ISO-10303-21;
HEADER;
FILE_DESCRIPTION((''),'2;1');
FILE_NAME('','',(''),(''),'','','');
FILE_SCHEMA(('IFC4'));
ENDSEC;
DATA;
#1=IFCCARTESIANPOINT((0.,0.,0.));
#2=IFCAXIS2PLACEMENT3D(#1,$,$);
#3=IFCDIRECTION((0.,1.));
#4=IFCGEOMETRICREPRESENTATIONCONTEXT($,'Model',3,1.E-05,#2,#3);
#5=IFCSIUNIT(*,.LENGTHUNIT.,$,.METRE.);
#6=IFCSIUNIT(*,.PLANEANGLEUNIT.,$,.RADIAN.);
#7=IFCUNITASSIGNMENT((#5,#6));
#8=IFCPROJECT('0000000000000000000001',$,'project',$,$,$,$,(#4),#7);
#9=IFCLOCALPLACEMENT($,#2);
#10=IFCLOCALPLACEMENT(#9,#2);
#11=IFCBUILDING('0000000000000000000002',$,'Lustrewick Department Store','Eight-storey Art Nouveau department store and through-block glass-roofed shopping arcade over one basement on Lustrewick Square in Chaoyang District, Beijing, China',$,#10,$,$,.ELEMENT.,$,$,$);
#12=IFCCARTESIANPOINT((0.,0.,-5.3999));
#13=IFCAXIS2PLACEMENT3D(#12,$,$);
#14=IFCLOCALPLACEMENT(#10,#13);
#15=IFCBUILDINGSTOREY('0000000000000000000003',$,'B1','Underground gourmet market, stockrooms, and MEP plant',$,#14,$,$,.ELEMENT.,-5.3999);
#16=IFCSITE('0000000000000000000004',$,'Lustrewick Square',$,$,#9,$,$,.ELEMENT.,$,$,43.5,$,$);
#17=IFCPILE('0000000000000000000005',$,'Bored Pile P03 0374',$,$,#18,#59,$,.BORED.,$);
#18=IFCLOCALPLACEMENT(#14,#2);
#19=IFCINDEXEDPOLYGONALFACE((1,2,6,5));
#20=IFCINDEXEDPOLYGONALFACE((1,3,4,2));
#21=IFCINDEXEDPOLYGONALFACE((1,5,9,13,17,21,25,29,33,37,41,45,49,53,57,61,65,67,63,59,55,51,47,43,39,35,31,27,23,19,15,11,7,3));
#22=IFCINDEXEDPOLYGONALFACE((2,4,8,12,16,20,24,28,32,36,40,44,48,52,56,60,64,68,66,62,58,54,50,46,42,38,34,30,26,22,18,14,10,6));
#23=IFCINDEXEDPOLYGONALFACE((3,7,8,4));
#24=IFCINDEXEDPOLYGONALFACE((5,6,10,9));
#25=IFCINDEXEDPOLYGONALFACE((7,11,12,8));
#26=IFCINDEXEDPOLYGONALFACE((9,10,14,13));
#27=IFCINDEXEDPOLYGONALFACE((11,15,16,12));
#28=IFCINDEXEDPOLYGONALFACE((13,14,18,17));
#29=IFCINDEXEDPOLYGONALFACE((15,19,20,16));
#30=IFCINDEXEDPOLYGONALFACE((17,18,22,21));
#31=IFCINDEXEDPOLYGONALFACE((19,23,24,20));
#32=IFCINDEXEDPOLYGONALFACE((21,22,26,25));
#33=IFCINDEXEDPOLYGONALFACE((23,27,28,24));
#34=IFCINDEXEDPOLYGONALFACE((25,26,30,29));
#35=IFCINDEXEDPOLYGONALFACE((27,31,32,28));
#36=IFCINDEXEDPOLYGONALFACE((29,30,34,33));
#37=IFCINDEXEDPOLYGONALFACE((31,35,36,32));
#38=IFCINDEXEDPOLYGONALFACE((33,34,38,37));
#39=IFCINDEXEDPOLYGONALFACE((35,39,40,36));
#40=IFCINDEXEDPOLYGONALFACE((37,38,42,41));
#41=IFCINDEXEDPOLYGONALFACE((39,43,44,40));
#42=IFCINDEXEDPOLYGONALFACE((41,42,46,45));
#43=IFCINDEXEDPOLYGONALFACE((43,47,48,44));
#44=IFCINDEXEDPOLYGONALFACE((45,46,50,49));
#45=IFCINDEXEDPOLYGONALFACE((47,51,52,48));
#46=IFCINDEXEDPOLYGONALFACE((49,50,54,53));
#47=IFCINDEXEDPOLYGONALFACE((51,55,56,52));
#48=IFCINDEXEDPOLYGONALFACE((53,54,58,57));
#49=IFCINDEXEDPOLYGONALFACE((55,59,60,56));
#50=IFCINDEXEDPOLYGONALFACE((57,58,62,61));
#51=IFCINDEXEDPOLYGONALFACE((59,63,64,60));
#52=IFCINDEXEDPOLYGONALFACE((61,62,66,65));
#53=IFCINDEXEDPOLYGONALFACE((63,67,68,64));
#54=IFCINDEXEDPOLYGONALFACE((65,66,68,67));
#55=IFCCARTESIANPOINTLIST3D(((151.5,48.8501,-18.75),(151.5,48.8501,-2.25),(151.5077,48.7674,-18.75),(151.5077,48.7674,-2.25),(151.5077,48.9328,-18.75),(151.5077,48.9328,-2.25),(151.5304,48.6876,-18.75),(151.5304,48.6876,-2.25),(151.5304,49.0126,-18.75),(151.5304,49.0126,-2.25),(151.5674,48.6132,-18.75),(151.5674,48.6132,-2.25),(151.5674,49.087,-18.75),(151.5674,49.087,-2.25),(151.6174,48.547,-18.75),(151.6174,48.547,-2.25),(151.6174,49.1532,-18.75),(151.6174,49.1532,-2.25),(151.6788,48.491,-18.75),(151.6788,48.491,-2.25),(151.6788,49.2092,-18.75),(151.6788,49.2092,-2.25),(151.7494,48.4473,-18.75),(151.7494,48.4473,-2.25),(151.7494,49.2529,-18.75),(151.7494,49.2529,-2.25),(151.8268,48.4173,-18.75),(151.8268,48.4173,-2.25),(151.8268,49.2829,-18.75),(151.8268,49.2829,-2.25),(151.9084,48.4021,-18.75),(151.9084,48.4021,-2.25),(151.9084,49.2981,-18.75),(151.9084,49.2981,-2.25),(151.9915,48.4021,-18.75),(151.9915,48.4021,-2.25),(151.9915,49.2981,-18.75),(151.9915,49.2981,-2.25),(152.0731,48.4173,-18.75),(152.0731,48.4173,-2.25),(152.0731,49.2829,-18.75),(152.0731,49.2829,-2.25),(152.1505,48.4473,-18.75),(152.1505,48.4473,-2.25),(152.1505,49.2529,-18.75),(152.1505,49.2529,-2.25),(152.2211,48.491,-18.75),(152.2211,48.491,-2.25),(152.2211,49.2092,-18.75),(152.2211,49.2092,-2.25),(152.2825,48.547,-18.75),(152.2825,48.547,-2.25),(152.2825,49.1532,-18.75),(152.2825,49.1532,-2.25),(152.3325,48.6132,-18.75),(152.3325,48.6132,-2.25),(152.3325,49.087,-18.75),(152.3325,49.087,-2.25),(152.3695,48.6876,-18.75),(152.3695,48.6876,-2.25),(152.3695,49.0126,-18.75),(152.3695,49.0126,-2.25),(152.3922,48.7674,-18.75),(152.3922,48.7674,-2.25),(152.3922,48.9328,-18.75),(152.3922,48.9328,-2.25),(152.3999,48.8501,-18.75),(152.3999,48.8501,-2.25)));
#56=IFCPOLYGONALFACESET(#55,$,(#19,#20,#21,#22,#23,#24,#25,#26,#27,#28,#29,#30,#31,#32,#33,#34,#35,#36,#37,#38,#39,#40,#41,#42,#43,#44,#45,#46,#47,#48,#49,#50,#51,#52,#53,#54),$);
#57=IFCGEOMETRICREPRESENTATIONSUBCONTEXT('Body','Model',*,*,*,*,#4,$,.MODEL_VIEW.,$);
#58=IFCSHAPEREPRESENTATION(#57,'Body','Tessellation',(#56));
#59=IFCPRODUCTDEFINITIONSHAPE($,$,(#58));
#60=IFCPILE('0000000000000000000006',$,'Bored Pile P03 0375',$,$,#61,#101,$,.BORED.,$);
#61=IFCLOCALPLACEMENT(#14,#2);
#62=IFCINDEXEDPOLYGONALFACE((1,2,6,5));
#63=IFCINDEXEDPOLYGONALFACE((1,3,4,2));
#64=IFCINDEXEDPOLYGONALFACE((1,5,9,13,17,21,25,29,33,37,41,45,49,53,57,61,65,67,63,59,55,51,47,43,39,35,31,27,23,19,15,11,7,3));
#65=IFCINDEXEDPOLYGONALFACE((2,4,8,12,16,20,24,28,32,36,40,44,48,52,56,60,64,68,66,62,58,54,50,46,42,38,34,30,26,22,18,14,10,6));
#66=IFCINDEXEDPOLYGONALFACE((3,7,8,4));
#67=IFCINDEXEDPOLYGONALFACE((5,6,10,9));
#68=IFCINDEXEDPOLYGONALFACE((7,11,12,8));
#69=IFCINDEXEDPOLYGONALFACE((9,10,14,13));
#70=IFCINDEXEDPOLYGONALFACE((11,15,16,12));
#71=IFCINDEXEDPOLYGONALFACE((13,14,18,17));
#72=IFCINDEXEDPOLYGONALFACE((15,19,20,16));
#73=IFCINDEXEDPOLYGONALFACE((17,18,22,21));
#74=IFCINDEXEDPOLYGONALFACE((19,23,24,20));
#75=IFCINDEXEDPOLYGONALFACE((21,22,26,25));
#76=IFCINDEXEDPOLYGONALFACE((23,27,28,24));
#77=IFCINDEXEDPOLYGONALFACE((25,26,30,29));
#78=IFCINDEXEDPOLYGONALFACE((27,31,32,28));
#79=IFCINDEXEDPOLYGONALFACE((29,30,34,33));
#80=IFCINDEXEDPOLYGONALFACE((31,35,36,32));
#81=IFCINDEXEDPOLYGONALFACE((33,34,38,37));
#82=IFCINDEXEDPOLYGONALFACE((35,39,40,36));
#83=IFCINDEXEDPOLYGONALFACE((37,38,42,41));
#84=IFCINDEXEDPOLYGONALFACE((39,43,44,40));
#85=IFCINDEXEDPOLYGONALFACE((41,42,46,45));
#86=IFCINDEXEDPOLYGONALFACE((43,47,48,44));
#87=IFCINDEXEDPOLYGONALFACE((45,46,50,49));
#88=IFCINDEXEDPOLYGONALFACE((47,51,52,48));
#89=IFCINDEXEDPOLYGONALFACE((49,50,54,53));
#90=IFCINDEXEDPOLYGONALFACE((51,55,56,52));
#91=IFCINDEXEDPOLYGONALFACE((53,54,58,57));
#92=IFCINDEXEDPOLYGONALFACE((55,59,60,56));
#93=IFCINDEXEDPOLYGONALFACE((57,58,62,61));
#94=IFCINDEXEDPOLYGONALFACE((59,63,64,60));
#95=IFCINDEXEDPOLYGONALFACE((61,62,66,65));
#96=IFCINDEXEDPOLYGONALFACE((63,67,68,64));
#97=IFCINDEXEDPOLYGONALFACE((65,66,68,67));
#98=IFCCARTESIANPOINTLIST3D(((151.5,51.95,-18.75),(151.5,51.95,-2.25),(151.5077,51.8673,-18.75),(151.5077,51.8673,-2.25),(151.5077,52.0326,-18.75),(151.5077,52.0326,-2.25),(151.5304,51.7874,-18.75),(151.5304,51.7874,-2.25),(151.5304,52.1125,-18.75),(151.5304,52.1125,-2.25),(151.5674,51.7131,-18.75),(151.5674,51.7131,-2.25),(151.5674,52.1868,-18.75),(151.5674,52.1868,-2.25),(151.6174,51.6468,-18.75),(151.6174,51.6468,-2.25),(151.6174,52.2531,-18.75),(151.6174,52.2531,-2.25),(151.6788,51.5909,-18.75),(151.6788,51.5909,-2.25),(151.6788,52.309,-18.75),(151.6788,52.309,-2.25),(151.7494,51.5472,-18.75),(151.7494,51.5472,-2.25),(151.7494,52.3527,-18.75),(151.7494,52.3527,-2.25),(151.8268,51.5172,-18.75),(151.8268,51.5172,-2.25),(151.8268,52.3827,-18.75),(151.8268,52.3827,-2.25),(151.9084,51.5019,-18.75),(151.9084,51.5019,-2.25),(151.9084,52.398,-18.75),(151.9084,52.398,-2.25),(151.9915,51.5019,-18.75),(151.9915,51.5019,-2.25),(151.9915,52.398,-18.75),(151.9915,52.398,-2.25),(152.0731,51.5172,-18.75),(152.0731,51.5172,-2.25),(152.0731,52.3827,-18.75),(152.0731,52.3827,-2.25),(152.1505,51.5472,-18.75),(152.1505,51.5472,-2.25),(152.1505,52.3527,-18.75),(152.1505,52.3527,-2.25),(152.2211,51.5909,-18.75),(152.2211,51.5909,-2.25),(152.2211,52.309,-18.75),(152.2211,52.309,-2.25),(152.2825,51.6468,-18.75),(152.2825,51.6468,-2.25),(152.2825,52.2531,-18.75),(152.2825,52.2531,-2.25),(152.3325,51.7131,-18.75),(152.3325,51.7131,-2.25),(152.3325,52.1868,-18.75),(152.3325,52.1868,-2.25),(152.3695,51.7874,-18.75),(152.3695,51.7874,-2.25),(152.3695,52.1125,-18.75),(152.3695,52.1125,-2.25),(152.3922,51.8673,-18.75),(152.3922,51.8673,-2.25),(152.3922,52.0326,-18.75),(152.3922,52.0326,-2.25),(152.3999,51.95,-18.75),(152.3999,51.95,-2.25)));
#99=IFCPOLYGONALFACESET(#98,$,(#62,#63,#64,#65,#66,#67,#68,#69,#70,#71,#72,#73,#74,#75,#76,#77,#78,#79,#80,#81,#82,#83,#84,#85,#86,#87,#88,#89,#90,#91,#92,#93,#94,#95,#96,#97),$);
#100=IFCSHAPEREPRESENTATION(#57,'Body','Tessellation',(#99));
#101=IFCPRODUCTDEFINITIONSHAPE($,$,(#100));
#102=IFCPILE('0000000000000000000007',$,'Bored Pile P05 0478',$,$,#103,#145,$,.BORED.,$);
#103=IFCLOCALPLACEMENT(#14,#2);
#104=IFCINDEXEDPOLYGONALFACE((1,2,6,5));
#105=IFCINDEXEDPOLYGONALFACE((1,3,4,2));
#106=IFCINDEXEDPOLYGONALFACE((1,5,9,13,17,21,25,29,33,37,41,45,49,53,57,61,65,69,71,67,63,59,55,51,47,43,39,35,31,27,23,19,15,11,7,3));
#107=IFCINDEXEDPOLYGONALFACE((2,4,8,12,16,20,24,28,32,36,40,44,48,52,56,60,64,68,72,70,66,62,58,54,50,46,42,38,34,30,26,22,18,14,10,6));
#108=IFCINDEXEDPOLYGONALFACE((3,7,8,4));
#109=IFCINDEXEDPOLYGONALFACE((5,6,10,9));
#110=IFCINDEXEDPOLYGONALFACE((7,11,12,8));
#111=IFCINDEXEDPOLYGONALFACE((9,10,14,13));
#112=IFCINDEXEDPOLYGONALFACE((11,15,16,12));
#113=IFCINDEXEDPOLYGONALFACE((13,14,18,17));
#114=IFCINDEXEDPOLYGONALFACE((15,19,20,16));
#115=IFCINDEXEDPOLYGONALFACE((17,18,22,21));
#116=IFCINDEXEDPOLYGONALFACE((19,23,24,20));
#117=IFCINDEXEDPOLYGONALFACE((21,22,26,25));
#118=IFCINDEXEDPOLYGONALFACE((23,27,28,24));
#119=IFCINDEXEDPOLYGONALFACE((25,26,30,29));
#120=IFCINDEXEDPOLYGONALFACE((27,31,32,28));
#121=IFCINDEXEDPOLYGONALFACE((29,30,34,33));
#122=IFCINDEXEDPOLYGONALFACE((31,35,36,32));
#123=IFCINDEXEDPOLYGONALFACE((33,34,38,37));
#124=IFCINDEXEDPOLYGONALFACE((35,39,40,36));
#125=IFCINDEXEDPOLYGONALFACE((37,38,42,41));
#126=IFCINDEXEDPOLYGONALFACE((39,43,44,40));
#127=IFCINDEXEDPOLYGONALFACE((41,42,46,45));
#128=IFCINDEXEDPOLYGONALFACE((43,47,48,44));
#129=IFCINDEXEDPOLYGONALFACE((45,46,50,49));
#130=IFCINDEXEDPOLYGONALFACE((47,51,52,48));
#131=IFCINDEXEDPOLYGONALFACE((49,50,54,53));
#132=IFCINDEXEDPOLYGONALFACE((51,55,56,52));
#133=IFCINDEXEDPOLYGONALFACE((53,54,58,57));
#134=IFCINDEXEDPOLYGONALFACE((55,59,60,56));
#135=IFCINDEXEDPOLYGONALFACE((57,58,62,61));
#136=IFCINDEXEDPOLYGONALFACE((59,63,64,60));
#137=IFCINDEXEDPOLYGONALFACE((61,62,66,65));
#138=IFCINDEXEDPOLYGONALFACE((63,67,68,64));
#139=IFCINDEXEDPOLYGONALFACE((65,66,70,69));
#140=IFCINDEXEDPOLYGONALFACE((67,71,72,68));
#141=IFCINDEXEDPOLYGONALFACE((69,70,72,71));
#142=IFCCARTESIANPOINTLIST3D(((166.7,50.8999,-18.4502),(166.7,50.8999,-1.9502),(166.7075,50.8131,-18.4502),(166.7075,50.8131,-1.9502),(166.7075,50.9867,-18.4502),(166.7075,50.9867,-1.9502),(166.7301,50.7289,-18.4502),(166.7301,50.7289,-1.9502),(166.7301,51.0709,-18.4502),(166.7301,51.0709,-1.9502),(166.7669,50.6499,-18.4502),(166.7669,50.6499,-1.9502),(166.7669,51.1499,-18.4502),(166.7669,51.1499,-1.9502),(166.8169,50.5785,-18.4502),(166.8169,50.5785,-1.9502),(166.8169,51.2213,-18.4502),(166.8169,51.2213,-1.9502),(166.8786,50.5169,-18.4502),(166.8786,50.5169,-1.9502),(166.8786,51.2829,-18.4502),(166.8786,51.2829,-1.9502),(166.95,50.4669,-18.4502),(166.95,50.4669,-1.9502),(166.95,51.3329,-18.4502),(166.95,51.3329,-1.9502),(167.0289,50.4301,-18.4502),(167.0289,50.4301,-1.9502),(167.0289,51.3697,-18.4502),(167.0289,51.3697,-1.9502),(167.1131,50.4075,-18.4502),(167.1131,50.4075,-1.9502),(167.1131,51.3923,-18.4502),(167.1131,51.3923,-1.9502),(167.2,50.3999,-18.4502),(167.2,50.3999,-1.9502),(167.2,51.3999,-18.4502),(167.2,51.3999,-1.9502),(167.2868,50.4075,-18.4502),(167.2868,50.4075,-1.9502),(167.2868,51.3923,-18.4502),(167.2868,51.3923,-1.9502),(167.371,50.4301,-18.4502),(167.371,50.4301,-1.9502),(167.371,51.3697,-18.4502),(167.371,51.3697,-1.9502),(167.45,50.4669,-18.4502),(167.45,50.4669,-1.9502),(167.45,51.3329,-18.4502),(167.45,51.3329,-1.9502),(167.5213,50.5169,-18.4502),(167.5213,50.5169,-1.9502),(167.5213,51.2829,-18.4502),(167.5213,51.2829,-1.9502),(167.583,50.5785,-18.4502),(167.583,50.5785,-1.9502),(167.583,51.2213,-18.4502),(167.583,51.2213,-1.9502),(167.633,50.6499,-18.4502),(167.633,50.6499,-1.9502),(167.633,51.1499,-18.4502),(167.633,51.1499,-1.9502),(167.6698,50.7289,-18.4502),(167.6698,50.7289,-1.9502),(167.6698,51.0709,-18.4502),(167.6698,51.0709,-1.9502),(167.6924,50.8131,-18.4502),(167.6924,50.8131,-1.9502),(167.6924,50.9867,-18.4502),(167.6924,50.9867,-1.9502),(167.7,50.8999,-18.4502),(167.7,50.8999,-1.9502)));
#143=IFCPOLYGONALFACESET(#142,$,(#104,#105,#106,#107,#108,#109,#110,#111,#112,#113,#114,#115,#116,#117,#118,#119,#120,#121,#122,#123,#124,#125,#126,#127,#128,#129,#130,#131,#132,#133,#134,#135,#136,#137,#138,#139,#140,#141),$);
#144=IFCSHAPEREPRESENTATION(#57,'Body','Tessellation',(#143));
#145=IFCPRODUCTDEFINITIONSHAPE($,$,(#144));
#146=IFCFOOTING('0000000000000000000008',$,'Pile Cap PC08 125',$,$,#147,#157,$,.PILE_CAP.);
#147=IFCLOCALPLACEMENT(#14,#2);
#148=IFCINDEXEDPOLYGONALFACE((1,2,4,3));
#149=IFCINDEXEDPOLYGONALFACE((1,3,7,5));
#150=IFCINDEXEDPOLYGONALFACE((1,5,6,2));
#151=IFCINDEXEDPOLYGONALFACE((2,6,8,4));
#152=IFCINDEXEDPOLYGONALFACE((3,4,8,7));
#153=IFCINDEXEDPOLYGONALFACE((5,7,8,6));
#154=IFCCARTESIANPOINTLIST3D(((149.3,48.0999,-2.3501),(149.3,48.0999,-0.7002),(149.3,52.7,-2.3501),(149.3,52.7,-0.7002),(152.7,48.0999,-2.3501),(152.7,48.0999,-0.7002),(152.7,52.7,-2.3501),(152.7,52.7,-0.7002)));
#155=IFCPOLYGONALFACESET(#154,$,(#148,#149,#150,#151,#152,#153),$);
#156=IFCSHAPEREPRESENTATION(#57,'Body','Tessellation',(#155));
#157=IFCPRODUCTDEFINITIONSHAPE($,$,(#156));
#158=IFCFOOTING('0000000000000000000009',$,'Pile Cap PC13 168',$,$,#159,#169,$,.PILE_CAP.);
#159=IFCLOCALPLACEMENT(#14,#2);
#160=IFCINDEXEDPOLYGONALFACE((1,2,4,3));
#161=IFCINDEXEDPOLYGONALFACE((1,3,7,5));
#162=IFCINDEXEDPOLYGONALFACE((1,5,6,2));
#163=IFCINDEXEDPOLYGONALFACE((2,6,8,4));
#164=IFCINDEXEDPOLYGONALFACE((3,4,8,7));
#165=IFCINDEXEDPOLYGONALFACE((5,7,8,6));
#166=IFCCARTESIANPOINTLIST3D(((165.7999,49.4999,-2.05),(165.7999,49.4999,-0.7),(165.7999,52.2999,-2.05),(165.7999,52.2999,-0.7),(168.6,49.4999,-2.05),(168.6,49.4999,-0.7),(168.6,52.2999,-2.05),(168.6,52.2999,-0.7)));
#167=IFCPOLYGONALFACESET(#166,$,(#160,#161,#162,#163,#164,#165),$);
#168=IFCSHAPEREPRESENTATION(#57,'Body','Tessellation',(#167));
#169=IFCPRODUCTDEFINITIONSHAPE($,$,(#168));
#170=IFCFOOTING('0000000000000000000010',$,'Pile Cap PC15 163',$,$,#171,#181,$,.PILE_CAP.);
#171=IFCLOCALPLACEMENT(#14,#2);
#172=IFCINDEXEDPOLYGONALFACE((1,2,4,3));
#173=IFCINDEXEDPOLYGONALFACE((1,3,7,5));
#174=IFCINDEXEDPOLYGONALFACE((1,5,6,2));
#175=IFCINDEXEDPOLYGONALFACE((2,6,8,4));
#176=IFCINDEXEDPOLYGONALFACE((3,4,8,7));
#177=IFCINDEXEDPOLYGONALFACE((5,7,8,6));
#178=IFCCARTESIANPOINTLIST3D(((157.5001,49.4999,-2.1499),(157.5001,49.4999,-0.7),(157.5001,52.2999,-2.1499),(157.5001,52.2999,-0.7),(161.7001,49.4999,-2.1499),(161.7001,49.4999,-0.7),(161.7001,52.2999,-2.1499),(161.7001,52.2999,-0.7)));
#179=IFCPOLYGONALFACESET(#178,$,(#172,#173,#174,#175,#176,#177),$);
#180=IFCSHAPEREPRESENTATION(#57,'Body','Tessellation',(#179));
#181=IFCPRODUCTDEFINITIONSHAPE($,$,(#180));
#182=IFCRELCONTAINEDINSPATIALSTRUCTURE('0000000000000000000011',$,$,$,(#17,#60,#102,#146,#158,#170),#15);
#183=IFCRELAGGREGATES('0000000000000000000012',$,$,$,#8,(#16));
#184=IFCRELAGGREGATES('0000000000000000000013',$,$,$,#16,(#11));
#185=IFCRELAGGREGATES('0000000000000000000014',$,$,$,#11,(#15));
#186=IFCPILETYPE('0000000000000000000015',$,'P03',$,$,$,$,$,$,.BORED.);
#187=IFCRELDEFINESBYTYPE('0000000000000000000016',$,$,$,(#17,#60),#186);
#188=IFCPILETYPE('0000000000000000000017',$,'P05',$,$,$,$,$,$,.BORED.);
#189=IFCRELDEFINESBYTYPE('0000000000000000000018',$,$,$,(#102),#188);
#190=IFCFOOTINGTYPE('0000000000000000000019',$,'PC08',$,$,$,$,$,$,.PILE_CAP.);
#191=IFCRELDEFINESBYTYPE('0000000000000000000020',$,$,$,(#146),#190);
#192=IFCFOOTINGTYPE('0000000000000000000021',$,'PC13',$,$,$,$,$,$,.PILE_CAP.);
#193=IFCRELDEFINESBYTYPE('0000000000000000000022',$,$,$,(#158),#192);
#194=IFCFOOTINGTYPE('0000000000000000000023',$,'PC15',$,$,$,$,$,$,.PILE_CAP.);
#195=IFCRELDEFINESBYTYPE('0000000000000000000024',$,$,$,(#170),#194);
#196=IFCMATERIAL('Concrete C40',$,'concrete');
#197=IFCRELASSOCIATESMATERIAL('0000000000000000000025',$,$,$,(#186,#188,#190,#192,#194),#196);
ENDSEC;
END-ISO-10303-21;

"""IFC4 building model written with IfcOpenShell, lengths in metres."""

from ifc_helpers import new_model, si_unit, direction, frame, origin, origin_2d, place, context, subcontext, project, spatial, rectangle, circle, extrude, material, material_profile, profile_set, type_object, element, save


model = new_model("IFC4")

# Units and contexts
model_context = context("Model", 3, precision=1e-05, world=origin(), true_north=direction((0.0, 1.0)))
body_context = subcontext(model_context, "Body", "Model", "MODEL_VIEW")
ifc_project = project(units=[si_unit("LENGTHUNIT", "METRE"), si_unit("PLANEANGLEUNIT", "RADIAN")], contexts=[model_context])

# Site, building, storey
site_placement = place(None, origin())
site = spatial("IfcSite", under=ifc_project, at=site_placement, Name="Lustrewick Square", CompositionType="ELEMENT", RefElevation=43.5)
building_placement = place(site_placement, origin())
building = spatial("IfcBuilding", under=site, at=building_placement, Name="Lustrewick Department Store", Description="Eight-storey Art Nouveau department store and through-block glass-roofed shopping arcade over one basement on Lustrewick Square in Chaoyang District, Beijing, China", CompositionType="ELEMENT")
storey_placement = place(building_placement, frame((0.0, 0.0, -5.3999)))
storey = spatial("IfcBuildingStorey", under=building, at=storey_placement, Name="B1", Description="Underground gourmet market, stockrooms, and MEP plant", CompositionType="ELEMENT", Elevation=-5.3999)

# Piles
ifc_material_1 = material(Name="Concrete C40", Category="concrete")
ifc_material_profile_1 = material_profile(ifc_material_1, circle(Radius=0.45, at=origin_2d()), Name="PILE D900")
ifc_profile_set_1 = profile_set([ifc_material_profile_1], Name="Concrete C40")
pile_type_1 = type_object("IfcPileType", Name="P03", PredefinedType="BORED", material=ifc_profile_set_1)
for number, where, z_axis, x_axis, name in (
    (1, (151.95, 48.8501, -2.25), (0.0, 0.0, -1.0), (1.0, 0.0, 0.0), "Bored Pile P03 0374"),
    (2, (151.95, 51.95, -2.25), (0.0, 0.0, -1.0), (1.0, 0.0, 0.0), "Bored Pile P03 0375"),
):
    element("IfcPile", number, at=place(storey_placement, frame(where, z_axis=z_axis, x_axis=x_axis)), inside=storey, type_object=pile_type_1, Name=name, PredefinedType="BORED", context=body_context, shape_type="SweptSolid", body=[
        extrude(circle(Radius=0.45, at=origin_2d()), origin(), (0.0, 0.0, 1.0), 16.5),
    ])
ifc_material_profile_2 = material_profile(ifc_material_1, circle(Radius=0.5, at=origin_2d()), Name="PILE D1000")
ifc_profile_set_2 = profile_set([ifc_material_profile_2], Name="Concrete C40")
pile_type_2 = type_object("IfcPileType", Name="P05", PredefinedType="BORED", material=ifc_profile_set_2)
pile_placement = place(storey_placement, frame((167.2, 50.8999, -1.9502), z_axis=(0.0, 0.0, -1.0), x_axis=(1.0, 0.0, 0.0)))
element("IfcPile", 3, at=pile_placement, inside=storey, type_object=pile_type_2, Name="Bored Pile P05 0478", PredefinedType="BORED", context=body_context, shape_type="SweptSolid", body=[
    extrude(circle(Radius=0.5, at=origin_2d()), origin(), (0.0, 0.0, 1.0), 16.5),
])

# Footings
footing_type_1 = type_object("IfcFootingType", Name="PC08", PredefinedType="PILE_CAP", material=ifc_material_1)
footing_1_placement = place(storey_placement, frame((151.0, 50.3999, -2.3501), z_axis=(0.0, 0.0, 1.0), x_axis=(1.0, 0.0, 0.0)))
element("IfcFooting", 4, at=footing_1_placement, inside=storey, type_object=footing_type_1, Name="Pile Cap PC08 125", PredefinedType="PILE_CAP", context=body_context, shape_type="SweptSolid", body=[
    extrude(rectangle(XDim=3.3999, YDim=4.6001, at=origin_2d()), origin(), (0.0, 0.0, 1.0), 1.6499),
])
footing_type_2 = type_object("IfcFootingType", Name="PC13", PredefinedType="PILE_CAP", material=ifc_material_1)
footing_2_placement = place(storey_placement, frame((167.2, 50.8999, -2.05), z_axis=(0.0, 0.0, 1.0), x_axis=(1.0, 0.0, 0.0)))
element("IfcFooting", 5, at=footing_2_placement, inside=storey, type_object=footing_type_2, Name="Pile Cap PC13 168", PredefinedType="PILE_CAP", context=body_context, shape_type="SweptSolid", body=[
    extrude(rectangle(XDim=2.8, YDim=2.8, at=origin_2d()), origin(), (0.0, 0.0, 1.0), 1.3501),
])
footing_type_3 = type_object("IfcFootingType", Name="PC15", PredefinedType="PILE_CAP", material=ifc_material_1)
footing_3_placement = place(storey_placement, frame((159.6001, 50.8999, -2.1499), z_axis=(0.0, 0.0, 1.0), x_axis=(1.0, 0.0, 0.0)))
element("IfcFooting", 6, at=footing_3_placement, inside=storey, type_object=footing_type_3, Name="Pile Cap PC15 163", PredefinedType="PILE_CAP", context=body_context, shape_type="SweptSolid", body=[
    extrude(rectangle(XDim=4.2, YDim=2.8, at=origin_2d()), origin(), (0.0, 0.0, 1.0), 1.45),
])

save(model, "model.ifc")
